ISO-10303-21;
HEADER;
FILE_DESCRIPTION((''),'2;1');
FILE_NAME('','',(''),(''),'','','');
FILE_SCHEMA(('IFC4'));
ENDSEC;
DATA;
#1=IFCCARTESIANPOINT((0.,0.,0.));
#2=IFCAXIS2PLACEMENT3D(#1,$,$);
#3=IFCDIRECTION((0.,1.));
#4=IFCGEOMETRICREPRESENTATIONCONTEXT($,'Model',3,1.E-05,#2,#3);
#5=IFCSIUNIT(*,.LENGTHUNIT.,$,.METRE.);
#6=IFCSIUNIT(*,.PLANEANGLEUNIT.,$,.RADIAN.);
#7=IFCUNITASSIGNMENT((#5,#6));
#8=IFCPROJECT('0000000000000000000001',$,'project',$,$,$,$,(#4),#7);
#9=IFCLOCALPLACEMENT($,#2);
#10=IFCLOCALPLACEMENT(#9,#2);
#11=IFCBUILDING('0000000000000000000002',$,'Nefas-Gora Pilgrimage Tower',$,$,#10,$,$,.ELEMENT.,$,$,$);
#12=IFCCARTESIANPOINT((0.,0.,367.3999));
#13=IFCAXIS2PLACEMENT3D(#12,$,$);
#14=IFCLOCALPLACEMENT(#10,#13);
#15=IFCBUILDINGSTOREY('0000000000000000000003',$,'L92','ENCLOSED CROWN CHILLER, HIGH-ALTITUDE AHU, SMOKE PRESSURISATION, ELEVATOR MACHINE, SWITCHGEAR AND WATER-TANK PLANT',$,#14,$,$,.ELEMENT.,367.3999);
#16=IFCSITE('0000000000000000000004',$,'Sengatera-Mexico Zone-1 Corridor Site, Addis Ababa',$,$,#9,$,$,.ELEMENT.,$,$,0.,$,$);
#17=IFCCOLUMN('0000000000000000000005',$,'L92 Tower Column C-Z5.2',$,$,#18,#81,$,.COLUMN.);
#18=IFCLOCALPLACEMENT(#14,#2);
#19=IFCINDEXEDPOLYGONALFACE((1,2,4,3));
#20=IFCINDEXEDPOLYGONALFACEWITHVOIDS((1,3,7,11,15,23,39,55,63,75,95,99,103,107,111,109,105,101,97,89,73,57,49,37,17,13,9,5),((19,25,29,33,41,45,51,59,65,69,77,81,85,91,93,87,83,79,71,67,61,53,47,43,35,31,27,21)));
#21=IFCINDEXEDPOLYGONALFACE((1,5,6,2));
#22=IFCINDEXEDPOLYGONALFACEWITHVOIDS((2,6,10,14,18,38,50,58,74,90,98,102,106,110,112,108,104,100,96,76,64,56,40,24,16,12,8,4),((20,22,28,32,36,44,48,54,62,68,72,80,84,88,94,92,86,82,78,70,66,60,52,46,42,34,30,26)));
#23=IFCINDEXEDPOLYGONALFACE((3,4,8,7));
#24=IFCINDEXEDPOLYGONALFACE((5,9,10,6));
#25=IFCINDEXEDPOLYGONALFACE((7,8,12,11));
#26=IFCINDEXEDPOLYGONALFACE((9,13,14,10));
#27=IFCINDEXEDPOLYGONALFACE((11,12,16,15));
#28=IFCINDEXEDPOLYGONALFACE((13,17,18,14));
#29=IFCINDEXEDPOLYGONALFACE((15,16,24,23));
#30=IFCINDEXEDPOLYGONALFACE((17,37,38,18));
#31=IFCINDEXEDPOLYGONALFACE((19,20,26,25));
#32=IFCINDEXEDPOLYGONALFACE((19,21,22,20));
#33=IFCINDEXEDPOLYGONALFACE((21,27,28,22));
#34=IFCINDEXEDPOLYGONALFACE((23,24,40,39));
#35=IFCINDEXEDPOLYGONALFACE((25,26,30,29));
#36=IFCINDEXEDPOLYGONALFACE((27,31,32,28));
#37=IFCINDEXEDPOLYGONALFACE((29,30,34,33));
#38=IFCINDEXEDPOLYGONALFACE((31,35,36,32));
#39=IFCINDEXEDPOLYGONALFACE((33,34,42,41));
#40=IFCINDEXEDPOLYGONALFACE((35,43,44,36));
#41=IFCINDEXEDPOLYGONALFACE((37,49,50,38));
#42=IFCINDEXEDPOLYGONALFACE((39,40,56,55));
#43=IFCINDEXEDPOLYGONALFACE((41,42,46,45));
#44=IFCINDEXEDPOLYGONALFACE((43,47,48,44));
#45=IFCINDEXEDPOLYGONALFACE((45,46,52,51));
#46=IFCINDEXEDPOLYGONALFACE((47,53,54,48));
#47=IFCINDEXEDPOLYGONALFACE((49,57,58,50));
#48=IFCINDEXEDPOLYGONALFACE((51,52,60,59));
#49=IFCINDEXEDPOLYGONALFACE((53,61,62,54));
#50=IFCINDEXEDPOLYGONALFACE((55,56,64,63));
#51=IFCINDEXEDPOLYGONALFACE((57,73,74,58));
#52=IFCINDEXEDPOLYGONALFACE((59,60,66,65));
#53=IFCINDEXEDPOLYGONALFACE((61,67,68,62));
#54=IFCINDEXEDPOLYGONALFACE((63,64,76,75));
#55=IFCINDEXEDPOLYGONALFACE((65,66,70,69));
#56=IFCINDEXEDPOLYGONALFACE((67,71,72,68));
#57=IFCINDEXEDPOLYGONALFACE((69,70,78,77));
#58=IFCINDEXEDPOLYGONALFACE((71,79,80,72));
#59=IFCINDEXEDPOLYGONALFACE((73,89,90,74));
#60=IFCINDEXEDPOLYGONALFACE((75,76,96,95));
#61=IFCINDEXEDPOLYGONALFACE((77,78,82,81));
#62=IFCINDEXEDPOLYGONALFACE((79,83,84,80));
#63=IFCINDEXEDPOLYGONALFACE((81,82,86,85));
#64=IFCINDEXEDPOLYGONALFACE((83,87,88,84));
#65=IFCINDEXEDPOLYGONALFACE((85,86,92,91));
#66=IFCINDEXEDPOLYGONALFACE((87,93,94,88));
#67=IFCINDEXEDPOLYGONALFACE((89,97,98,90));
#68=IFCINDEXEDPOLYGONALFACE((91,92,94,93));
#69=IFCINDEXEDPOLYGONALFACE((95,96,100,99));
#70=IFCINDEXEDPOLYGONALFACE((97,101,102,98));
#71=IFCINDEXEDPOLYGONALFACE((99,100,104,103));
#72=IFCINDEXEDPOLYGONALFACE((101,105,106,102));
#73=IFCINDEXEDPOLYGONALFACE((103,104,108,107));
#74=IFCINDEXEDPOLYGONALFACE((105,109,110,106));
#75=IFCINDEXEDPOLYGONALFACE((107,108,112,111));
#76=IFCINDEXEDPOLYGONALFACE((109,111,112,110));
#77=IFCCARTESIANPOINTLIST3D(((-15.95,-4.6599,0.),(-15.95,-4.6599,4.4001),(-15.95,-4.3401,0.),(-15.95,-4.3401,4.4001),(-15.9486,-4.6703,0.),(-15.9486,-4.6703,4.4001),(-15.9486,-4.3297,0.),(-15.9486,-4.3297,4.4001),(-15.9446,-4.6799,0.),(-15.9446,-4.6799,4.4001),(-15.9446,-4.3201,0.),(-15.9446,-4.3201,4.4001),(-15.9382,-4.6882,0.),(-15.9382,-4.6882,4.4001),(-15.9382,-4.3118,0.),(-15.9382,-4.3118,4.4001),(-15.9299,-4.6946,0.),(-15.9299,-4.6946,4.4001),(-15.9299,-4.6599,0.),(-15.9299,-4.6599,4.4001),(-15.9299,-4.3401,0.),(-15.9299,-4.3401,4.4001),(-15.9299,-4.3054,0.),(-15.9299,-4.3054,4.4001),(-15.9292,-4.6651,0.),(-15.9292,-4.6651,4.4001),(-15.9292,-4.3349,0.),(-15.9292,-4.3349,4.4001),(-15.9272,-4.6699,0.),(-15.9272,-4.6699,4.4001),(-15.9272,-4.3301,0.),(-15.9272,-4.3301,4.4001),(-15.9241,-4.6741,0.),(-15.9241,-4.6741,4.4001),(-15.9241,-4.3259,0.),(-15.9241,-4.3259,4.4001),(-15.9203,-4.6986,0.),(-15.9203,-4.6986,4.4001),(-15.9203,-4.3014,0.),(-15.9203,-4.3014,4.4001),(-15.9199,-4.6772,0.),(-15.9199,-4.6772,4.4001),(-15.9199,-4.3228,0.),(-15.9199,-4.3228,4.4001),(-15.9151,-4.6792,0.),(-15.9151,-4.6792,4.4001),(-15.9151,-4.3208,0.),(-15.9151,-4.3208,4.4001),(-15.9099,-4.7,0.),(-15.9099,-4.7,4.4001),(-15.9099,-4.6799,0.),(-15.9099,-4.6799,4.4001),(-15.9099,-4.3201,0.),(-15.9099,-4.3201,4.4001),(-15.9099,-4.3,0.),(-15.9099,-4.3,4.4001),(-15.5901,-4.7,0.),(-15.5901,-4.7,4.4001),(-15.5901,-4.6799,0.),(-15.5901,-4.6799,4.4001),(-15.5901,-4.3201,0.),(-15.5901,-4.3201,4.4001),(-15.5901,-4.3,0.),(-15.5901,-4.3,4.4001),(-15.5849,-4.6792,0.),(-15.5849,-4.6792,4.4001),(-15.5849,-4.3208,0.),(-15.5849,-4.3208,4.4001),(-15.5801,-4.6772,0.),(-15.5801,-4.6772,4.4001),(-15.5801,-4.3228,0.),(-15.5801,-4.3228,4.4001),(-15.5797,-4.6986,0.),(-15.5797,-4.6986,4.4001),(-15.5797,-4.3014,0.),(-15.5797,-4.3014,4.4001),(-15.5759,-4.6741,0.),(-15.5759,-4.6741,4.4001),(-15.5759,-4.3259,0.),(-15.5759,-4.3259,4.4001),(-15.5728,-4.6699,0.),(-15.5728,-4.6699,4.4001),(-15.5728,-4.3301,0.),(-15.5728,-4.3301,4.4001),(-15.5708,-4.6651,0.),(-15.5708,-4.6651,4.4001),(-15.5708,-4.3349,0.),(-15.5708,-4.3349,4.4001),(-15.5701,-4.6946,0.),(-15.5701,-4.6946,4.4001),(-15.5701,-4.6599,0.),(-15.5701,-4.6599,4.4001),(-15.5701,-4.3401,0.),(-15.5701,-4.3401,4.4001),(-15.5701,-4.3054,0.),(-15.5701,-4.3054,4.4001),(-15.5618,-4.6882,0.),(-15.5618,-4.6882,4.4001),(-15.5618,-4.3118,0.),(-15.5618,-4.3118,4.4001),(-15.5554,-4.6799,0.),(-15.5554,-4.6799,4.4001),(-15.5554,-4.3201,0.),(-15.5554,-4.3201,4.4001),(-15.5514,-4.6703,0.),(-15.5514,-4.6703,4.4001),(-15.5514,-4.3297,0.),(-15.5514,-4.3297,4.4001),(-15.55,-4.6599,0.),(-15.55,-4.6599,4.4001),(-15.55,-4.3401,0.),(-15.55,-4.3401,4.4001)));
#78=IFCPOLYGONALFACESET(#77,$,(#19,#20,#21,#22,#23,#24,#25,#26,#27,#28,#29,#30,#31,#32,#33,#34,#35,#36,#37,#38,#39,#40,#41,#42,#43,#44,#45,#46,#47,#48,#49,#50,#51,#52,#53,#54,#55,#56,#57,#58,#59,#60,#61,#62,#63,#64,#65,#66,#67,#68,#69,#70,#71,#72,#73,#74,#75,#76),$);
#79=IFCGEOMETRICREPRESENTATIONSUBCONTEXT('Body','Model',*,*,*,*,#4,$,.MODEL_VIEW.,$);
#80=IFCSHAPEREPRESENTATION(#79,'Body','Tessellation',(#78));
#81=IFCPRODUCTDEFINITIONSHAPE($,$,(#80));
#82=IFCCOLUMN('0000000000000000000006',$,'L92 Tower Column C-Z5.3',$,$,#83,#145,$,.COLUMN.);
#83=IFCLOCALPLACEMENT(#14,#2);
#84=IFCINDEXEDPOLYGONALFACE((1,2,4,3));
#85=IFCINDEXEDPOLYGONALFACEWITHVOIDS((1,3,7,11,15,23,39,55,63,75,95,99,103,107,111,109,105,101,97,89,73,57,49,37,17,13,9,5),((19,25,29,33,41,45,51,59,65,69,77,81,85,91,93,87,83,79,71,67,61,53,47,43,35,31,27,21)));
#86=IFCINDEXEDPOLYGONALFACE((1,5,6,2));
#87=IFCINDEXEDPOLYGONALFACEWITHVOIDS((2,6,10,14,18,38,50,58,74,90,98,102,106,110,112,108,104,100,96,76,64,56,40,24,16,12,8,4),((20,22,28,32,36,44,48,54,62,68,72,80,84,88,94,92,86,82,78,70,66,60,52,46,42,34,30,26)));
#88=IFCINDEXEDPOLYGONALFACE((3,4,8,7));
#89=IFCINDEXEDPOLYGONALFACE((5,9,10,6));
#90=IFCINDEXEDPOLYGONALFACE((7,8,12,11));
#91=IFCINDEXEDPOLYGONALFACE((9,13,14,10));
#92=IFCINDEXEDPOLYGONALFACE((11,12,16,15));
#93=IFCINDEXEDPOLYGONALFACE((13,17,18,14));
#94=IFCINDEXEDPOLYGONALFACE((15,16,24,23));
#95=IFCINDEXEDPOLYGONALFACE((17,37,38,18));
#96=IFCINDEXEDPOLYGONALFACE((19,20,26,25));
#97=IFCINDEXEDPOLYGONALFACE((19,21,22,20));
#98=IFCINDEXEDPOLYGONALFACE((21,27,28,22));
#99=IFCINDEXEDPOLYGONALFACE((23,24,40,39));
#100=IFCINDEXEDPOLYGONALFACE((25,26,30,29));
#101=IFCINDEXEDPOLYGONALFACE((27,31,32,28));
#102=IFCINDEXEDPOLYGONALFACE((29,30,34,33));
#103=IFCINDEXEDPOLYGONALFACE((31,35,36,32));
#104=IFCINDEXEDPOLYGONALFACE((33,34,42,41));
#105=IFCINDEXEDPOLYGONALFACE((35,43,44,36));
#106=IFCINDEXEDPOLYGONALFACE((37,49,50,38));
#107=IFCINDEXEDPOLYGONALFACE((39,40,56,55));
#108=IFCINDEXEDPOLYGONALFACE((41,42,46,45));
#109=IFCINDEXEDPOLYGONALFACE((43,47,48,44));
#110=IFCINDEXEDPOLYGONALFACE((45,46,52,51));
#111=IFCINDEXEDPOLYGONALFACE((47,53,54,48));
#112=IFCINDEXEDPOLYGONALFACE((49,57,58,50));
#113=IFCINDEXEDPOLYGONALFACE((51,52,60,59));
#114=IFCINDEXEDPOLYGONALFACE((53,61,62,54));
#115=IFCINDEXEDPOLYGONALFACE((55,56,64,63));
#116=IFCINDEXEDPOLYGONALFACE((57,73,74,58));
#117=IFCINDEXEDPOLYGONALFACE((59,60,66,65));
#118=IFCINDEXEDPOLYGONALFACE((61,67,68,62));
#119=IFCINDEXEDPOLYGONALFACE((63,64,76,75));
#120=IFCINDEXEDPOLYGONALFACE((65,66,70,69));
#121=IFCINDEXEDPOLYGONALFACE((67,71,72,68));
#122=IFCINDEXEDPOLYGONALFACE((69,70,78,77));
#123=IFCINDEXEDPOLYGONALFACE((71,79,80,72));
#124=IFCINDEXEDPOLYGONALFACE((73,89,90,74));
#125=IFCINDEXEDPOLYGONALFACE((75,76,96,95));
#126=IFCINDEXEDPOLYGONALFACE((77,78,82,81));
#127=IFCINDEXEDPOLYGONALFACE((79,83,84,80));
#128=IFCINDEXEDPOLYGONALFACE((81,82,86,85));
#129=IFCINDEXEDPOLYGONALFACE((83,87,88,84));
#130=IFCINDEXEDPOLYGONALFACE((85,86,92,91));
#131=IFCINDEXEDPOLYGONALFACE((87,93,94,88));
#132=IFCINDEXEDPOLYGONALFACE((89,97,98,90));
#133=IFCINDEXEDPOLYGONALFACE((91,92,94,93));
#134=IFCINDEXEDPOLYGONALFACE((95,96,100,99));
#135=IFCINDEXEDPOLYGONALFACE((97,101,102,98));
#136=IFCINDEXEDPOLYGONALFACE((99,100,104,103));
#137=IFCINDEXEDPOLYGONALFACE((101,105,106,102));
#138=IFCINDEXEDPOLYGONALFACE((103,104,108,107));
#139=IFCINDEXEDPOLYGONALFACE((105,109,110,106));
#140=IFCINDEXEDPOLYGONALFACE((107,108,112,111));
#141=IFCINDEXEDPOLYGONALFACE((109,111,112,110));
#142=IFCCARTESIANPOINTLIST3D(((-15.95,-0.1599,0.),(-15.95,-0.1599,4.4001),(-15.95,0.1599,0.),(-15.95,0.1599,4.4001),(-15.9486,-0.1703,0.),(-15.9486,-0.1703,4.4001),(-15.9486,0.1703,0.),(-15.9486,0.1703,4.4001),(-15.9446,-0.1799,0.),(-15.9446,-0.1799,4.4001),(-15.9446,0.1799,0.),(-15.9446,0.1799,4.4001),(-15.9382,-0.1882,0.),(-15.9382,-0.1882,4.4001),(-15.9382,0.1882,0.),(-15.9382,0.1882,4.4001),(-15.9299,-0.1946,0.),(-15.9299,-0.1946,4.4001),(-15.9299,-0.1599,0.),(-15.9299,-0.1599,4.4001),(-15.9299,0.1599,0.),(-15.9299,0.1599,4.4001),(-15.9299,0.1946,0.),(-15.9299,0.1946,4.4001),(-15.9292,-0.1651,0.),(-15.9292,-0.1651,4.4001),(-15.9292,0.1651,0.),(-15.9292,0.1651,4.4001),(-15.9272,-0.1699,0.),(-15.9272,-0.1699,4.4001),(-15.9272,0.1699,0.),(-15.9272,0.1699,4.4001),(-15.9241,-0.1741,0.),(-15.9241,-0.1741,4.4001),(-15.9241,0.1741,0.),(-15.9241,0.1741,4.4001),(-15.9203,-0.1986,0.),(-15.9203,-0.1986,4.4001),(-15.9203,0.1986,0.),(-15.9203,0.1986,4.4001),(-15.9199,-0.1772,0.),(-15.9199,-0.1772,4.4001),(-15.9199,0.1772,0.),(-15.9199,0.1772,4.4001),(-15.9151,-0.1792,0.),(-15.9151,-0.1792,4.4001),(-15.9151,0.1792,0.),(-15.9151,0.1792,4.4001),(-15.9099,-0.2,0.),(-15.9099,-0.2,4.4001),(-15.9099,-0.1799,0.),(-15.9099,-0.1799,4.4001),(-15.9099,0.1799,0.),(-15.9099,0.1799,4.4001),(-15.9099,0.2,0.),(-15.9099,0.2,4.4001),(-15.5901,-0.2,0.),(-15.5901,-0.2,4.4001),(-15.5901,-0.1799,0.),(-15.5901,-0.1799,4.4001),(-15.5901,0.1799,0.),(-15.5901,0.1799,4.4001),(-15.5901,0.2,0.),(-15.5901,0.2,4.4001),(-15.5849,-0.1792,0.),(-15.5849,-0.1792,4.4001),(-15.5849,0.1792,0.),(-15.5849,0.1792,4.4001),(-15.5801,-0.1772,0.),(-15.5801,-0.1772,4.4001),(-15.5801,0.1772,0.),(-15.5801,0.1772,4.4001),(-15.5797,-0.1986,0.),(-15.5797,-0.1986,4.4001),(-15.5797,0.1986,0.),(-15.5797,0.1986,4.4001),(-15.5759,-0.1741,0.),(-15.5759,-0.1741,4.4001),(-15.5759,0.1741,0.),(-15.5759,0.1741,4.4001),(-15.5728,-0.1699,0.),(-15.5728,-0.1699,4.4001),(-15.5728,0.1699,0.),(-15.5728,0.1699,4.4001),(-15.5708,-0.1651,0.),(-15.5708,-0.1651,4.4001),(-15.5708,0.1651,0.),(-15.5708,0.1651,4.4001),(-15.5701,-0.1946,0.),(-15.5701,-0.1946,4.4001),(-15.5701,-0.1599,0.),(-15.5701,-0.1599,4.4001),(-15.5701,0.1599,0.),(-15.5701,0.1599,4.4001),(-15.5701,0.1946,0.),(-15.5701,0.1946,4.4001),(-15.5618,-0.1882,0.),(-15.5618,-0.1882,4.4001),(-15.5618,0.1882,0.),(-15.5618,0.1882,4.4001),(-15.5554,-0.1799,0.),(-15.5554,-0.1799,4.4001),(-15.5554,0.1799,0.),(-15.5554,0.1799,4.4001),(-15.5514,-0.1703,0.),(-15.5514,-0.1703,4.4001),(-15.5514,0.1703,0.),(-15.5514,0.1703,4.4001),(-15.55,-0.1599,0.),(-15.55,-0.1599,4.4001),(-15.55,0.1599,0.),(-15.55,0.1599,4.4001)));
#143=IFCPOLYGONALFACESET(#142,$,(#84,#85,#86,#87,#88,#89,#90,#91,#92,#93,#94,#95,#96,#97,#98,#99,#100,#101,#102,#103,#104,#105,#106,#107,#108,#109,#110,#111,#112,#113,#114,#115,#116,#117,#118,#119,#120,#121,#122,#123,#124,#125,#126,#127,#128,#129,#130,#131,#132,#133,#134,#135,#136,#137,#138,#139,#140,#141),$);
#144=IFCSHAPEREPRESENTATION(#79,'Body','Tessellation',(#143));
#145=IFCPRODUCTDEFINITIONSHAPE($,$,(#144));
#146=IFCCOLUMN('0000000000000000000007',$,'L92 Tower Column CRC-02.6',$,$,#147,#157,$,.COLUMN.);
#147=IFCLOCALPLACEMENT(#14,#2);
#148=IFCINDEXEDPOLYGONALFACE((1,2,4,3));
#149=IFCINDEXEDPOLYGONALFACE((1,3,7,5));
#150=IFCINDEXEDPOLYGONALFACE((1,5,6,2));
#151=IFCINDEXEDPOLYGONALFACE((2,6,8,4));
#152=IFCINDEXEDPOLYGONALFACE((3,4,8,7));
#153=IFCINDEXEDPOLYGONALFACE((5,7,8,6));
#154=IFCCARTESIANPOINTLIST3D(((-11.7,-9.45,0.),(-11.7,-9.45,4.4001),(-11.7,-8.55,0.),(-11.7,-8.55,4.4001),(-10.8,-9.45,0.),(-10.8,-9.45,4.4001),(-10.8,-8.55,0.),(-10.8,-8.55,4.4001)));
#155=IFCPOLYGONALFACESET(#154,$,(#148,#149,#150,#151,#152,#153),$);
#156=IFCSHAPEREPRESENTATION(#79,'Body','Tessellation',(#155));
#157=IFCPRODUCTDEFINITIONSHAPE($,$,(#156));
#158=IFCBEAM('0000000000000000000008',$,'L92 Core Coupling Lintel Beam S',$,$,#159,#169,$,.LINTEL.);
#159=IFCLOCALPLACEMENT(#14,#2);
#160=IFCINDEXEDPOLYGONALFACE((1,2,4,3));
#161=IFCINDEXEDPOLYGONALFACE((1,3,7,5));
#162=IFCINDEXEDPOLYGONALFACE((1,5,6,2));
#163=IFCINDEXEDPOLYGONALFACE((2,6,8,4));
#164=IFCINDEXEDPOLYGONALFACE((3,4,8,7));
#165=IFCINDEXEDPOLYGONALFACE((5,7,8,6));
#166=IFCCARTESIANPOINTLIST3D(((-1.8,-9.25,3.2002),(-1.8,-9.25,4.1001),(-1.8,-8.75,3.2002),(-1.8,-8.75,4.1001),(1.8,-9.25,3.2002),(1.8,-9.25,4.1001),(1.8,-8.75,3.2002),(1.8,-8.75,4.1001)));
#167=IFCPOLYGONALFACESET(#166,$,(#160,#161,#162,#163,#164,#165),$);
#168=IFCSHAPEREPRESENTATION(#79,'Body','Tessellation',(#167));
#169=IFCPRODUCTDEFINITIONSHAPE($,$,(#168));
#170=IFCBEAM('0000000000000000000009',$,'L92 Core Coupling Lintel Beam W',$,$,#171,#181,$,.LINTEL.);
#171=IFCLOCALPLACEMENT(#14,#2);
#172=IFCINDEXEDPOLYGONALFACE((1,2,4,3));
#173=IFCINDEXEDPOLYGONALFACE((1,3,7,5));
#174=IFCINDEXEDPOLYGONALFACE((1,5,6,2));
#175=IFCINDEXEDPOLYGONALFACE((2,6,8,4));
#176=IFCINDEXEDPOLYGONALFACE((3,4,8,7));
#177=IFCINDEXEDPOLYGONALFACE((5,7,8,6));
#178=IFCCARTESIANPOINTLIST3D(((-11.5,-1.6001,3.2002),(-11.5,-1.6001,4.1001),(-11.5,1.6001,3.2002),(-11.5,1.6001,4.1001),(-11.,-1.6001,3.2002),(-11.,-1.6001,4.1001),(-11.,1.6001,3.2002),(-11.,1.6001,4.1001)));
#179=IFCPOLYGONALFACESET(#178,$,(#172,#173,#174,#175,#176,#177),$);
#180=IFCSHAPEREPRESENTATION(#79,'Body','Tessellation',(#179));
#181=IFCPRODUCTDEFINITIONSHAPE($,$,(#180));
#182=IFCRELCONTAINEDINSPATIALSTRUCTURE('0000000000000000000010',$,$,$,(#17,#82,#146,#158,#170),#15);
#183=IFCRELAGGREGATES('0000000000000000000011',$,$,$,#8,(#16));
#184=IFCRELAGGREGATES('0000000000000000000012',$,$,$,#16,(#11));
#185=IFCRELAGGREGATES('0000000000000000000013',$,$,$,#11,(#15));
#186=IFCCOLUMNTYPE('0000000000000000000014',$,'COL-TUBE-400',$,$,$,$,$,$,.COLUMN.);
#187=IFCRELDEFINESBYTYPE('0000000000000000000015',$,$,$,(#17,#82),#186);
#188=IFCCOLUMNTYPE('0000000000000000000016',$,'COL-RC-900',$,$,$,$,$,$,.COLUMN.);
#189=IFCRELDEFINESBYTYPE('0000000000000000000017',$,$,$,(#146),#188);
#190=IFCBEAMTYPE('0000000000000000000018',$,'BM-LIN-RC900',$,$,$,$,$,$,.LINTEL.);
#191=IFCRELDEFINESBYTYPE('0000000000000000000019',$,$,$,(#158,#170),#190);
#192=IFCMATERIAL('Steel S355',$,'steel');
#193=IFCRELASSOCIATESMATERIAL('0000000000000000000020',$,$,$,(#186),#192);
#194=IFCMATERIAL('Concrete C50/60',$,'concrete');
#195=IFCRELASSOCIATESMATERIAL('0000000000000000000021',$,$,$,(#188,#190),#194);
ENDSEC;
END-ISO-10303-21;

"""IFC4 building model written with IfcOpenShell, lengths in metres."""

from ifc_helpers import new_model, si_unit, direction, frame, origin, origin_2d, place, context, subcontext, project, spatial, rectangle, hollow_rectangle, extrude, source, transform, mapped, material, material_profile, profile_set, type_object, element, save


model = new_model("IFC4")

# Units and contexts
model_context = context("Model", 3, precision=1e-05, world=origin(), true_north=direction((0.0, 1.0)))
body_context = subcontext(model_context, "Body", "Model", "MODEL_VIEW")
ifc_project = project(units=[si_unit("LENGTHUNIT", "METRE"), si_unit("PLANEANGLEUNIT", "RADIAN")], contexts=[model_context])

# Site, building, storey
site_placement = place(None, origin())
site = spatial("IfcSite", under=ifc_project, at=site_placement, Name="Sengatera-Mexico Zone-1 Corridor Site, Addis Ababa", CompositionType="ELEMENT", RefElevation=0.0)
building_placement = place(site_placement, origin())
building = spatial("IfcBuilding", under=site, at=building_placement, Name="Nefas-Gora Pilgrimage Tower", CompositionType="ELEMENT")
storey_placement = place(building_placement, frame((0.0, 0.0, 367.3999)))
storey = spatial("IfcBuildingStorey", under=building, at=storey_placement, Name="L92", Description="ENCLOSED CROWN CHILLER, HIGH-ALTITUDE AHU, SMOKE PRESSURISATION, ELEVATOR MACHINE, SWITCHGEAR AND WATER-TANK PLANT", CompositionType="ELEMENT", Elevation=367.3999)

# Columns
ifc_material_1 = material(Name="Steel S355", Category="steel")
ifc_material_profile_1 = material_profile(ifc_material_1, hollow_rectangle(XDim=0.3999, YDim=0.3999, WallThickness=0.02, InnerFilletRadius=0.02, OuterFilletRadius=0.04, at=origin_2d()), Name="SHS 400x400x20")
ifc_profile_set_1 = profile_set([ifc_material_profile_1], Name="Steel S355")
column_type_1 = type_object("IfcColumnType", Name="COL-TUBE-400", PredefinedType="COLUMN", material=ifc_profile_set_1)
shared_shape_1 = source(origin(), body_context, "Body", "SweptSolid", [
    extrude(hollow_rectangle(XDim=0.3999, YDim=0.3999, WallThickness=0.02, InnerFilletRadius=0.02, OuterFilletRadius=0.04, at=origin_2d()), origin(), (0.0, 0.0, 1.0), 4.4001),
])
for number, where, z_axis, x_axis, name in (
    (1, (-15.75, -4.5, 0.0), (0.0, 0.0, 1.0), (1.0, 0.0, 0.0), "L92 Tower Column C-Z5.2"),
    (2, (-15.75, 0.0, 0.0), (0.0, 0.0, 1.0), (1.0, 0.0, 0.0), "L92 Tower Column C-Z5.3"),
):
    element("IfcColumn", number, at=place(storey_placement, frame(where, z_axis=z_axis, x_axis=x_axis)), inside=storey, type_object=column_type_1, Name=name, PredefinedType="COLUMN", context=body_context, shape_type="MappedRepresentation", body=[
        mapped(shared_shape_1, transform((0.0, 0.0, 0.0), x_axis=(1.0, 0.0, 0.0), y_axis=(0.0, 1.0, 0.0), z_axis=(0.0, 0.0, 1.0), scale=1.0)),
    ])
ifc_material_2 = material(Name="Concrete C50/60", Category="concrete")
ifc_material_profile_2 = material_profile(ifc_material_2, rectangle(XDim=0.8999, YDim=0.8999, at=origin_2d()), Name="RC 900x900")
ifc_profile_set_2 = profile_set([ifc_material_profile_2], Name="Concrete C50/60")
column_type_2 = type_object("IfcColumnType", Name="COL-RC-900", PredefinedType="COLUMN", material=ifc_profile_set_2)
shared_shape_2 = source(origin(), body_context, "Body", "SweptSolid", [
    extrude(rectangle(XDim=0.8999, YDim=0.8999, at=origin_2d()), origin(), (0.0, 0.0, 1.0), 4.4001),
])
column_placement = place(storey_placement, frame((-11.25, -9.0, 0.0), z_axis=(0.0, 0.0, 1.0), x_axis=(1.0, 0.0, 0.0)))
element("IfcColumn", 3, at=column_placement, inside=storey, type_object=column_type_2, Name="L92 Tower Column CRC-02.6", PredefinedType="COLUMN", context=body_context, shape_type="MappedRepresentation", body=[
    mapped(shared_shape_2, transform((0.0, 0.0, 0.0), x_axis=(1.0, 0.0, 0.0), y_axis=(0.0, 1.0, 0.0), z_axis=(0.0, 0.0, 1.0), scale=1.0)),
])

# Beams
ifc_material_profile_3 = material_profile(ifc_material_2, rectangle(XDim=0.5, YDim=0.8999, at=origin_2d()), Name="RC 500x900")
ifc_profile_set_3 = profile_set([ifc_material_profile_3], Name="Concrete C50/60")
beam_type_1 = type_object("IfcBeamType", Name="BM-LIN-RC900", PredefinedType="LINTEL", material=ifc_profile_set_3)
shared_shape_3 = source(origin(), body_context, "Body", "SweptSolid", [
    extrude(rectangle(XDim=0.5, YDim=0.8999, at=origin_2d()), origin(), (0.0, 0.0, 1.0), 3.6001),
])
beam_1_placement = place(storey_placement, frame((-1.8, -9.0, 3.6501), z_axis=(1.0, 0.0, 0.0), x_axis=(0.0, 1.0, 0.0)))
element("IfcBeam", 4, at=beam_1_placement, inside=storey, type_object=beam_type_1, Name="L92 Core Coupling Lintel Beam S", PredefinedType="LINTEL", context=body_context, shape_type="MappedRepresentation", body=[
    mapped(shared_shape_3, transform((0.0, 0.0, 0.0), x_axis=(1.0, 0.0, 0.0), y_axis=(0.0, 1.0, 0.0), z_axis=(0.0, 0.0, 1.0), scale=1.0)),
])
shared_shape_4 = source(origin(), body_context, "Body", "SweptSolid", [
    extrude(rectangle(XDim=0.5, YDim=0.8999, at=origin_2d()), origin(), (0.0, 0.0, 1.0), 3.2002),
])
beam_2_placement = place(storey_placement, frame((-11.25, -1.6001, 3.6501), z_axis=(0.0, 1.0, 0.0), x_axis=(-1.0, 0.0, 0.0)))
element("IfcBeam", 5, at=beam_2_placement, inside=storey, type_object=beam_type_1, Name="L92 Core Coupling Lintel Beam W", PredefinedType="LINTEL", context=body_context, shape_type="MappedRepresentation", body=[
    mapped(shared_shape_4, transform((0.0, 0.0, 0.0), x_axis=(1.0, 0.0, 0.0), y_axis=(0.0, 1.0, 0.0), z_axis=(0.0, 0.0, 1.0), scale=1.0)),
])

save(model, "model.ifc")
